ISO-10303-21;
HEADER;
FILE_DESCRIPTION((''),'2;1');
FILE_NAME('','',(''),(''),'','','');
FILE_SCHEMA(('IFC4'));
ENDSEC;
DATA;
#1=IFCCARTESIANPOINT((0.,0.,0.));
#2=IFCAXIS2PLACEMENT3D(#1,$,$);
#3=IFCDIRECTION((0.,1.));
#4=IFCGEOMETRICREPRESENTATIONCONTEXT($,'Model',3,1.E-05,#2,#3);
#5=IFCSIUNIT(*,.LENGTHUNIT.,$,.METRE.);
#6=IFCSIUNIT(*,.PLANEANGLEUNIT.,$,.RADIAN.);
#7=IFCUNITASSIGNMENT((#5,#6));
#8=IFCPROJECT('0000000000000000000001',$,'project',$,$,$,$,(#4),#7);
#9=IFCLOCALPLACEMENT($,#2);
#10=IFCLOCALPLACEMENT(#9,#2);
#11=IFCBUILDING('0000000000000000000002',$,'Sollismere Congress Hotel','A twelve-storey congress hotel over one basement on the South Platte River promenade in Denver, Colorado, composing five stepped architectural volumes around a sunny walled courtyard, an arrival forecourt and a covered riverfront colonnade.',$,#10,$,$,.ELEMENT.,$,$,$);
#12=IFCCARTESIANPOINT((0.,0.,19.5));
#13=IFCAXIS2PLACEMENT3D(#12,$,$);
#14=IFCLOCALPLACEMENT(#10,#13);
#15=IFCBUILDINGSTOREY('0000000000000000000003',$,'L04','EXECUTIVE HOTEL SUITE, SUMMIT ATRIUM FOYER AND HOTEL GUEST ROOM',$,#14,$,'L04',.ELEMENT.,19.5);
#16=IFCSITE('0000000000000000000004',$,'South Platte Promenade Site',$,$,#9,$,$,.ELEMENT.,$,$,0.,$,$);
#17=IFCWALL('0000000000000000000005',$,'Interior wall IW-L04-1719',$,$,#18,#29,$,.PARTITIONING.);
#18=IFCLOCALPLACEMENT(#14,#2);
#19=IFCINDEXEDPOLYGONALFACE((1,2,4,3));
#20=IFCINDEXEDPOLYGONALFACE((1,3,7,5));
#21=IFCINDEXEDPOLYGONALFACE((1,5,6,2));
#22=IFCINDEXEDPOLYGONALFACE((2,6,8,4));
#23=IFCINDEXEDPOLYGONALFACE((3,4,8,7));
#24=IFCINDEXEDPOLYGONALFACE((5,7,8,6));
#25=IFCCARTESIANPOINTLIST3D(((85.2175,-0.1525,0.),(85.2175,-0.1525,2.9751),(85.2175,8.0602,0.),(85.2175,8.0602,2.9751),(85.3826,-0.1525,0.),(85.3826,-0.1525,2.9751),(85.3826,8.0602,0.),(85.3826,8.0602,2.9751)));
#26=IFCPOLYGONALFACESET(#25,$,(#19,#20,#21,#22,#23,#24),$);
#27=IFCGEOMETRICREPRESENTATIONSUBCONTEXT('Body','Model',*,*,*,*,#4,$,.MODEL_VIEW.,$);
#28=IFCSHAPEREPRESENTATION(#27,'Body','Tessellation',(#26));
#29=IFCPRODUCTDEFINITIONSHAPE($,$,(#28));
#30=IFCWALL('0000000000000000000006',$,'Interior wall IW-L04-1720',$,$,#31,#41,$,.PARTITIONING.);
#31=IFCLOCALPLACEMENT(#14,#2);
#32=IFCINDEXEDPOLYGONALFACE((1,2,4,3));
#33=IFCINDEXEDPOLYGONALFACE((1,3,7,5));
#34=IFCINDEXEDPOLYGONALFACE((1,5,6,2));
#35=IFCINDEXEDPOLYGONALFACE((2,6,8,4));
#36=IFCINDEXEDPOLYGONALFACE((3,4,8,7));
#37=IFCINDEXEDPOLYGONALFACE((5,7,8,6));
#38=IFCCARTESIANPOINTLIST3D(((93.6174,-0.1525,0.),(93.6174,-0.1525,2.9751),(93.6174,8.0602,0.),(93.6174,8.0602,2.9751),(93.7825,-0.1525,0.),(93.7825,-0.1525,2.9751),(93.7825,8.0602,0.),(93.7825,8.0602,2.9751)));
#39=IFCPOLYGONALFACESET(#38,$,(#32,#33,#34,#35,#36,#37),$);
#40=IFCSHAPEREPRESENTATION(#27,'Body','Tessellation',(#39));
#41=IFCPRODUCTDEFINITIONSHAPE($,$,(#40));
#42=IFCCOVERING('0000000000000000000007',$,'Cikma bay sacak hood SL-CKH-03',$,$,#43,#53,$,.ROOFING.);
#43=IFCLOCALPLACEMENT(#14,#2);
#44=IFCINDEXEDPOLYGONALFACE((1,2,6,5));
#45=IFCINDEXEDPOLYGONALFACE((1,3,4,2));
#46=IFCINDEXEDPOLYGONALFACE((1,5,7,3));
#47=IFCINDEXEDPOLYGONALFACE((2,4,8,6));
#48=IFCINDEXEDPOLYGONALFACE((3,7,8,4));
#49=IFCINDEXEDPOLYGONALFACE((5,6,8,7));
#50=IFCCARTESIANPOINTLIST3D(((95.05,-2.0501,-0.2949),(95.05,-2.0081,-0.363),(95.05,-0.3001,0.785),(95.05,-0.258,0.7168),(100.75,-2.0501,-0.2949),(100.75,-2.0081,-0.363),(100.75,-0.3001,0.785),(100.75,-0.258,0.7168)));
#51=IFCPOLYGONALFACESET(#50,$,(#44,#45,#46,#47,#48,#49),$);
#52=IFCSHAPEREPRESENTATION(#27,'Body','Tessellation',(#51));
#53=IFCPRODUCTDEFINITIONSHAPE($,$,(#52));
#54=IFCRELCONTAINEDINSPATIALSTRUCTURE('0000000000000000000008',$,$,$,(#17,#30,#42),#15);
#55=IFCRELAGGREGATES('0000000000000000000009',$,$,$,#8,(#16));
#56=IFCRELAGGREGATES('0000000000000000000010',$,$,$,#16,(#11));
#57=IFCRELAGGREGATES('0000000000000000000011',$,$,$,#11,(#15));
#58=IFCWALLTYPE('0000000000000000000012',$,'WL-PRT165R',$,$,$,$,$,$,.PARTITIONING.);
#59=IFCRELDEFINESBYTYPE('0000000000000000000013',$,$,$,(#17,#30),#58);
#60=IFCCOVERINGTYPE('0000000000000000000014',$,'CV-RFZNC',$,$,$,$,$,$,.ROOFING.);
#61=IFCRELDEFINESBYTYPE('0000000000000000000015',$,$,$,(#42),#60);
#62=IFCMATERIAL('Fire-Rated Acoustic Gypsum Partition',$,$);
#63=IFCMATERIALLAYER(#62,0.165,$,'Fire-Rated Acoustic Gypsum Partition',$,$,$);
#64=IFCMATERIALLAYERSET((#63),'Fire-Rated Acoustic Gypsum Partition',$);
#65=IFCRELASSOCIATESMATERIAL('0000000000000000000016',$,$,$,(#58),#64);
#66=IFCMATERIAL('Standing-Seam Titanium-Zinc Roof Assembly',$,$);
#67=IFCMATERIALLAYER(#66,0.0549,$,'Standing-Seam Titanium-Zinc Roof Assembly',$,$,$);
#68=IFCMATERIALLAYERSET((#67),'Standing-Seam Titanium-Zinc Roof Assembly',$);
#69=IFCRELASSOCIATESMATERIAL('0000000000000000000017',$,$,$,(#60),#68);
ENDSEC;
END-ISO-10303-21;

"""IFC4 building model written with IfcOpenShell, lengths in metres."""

from ifc_helpers import new_model, si_unit, direction, frame, frame_2d, origin, place, context, subcontext, project, spatial, polyline, rectangle, outline, extrude, material, layer, layer_set, type_object, element, save


model = new_model("IFC4")

# Units and contexts
model_context = context("Model", 3, precision=1e-05, world=origin(), true_north=direction((0.0, 1.0)))
body_context = subcontext(model_context, "Body", "Model", "MODEL_VIEW")
ifc_project = project(units=[si_unit("LENGTHUNIT", "METRE"), si_unit("PLANEANGLEUNIT", "RADIAN")], contexts=[model_context])

# Site, building, storey
site_placement = place(None, origin())
site = spatial("IfcSite", under=ifc_project, at=site_placement, Name="South Platte Promenade Site", CompositionType="ELEMENT", RefElevation=0.0)
building_placement = place(site_placement, origin())
building = spatial("IfcBuilding", under=site, at=building_placement, Name="Sollismere Congress Hotel", Description="A twelve-storey congress hotel over one basement on the South Platte River promenade in Denver, Colorado, composing five stepped architectural volumes around a sunny walled courtyard, an arrival forecourt and a covered riverfront colonnade.", CompositionType="ELEMENT")
storey_placement = place(building_placement, frame((0.0, 0.0, 19.5)))
storey = spatial("IfcBuildingStorey", under=building, at=storey_placement, Name="L04", Description="EXECUTIVE HOTEL SUITE, SUMMIT ATRIUM FOYER AND HOTEL GUEST ROOM", LongName="L04", CompositionType="ELEMENT", Elevation=19.5)

# Walls
ifc_material_1 = material(Name="Fire-Rated Acoustic Gypsum Partition")
ifc_layer_1 = layer(ifc_material_1, 0.165, Name="Fire-Rated Acoustic Gypsum Partition")
ifc_layer_set_1 = layer_set([ifc_layer_1], Name="Fire-Rated Acoustic Gypsum Partition")
wall_type_1 = type_object("IfcWallType", Name="WL-PRT165R", PredefinedType="PARTITIONING", material=ifc_layer_set_1)
for number, where, z_axis, x_axis, name in (
    (1, (85.3, -0.1526, 0.0), (0.0, 0.0, 1.0), (0.0, 1.0, 0.0), "Interior wall IW-L04-1719"),
    (2, (93.7, -0.1526, 0.0), (0.0, 0.0, 1.0), (0.0, 1.0, 0.0), "Interior wall IW-L04-1720"),
):
    element("IfcWall", number, at=place(storey_placement, frame(where, z_axis=z_axis, x_axis=x_axis)), inside=storey, type_object=wall_type_1, Name=name, PredefinedType="PARTITIONING", context=body_context, shape_type="SweptSolid", body=[
        extrude(rectangle(XDim=8.2126, YDim=0.165, at=frame_2d((4.1064, 0.0))), origin(), (0.0, 0.0, 1.0), 2.9751),
    ])

# Covering
ifc_material_2 = material(Name="Standing-Seam Titanium-Zinc Roof Assembly")
ifc_layer_2 = layer(ifc_material_2, 0.0549, Name="Standing-Seam Titanium-Zinc Roof Assembly")
ifc_layer_set_2 = layer_set([ifc_layer_2], Name="Standing-Seam Titanium-Zinc Roof Assembly")
covering_type = type_object("IfcCoveringType", Name="CV-RFZNC", PredefinedType="ROOFING", material=ifc_layer_set_2)
covering_placement = place(storey_placement, frame((95.05, -2.0081, -0.363), z_axis=(0.0, -0.525124, 0.851026), x_axis=(1.0, 0.0, 0.0)))
element("IfcCovering", 3, at=covering_placement, inside=storey, type_object=covering_type, Name="Cikma bay sacak hood SL-CKH-03", PredefinedType="ROOFING", context=body_context, shape_type="SweptSolid", body=[
    extrude(outline(polyline([(0.0, 0.0), (5.7, 0.0), (5.7, 2.0564), (0.0, 2.0564), (0.0, 0.0)])), origin(), (0.0, 0.0, 1.0), 0.0801),
])

save(model, "model.ifc")
